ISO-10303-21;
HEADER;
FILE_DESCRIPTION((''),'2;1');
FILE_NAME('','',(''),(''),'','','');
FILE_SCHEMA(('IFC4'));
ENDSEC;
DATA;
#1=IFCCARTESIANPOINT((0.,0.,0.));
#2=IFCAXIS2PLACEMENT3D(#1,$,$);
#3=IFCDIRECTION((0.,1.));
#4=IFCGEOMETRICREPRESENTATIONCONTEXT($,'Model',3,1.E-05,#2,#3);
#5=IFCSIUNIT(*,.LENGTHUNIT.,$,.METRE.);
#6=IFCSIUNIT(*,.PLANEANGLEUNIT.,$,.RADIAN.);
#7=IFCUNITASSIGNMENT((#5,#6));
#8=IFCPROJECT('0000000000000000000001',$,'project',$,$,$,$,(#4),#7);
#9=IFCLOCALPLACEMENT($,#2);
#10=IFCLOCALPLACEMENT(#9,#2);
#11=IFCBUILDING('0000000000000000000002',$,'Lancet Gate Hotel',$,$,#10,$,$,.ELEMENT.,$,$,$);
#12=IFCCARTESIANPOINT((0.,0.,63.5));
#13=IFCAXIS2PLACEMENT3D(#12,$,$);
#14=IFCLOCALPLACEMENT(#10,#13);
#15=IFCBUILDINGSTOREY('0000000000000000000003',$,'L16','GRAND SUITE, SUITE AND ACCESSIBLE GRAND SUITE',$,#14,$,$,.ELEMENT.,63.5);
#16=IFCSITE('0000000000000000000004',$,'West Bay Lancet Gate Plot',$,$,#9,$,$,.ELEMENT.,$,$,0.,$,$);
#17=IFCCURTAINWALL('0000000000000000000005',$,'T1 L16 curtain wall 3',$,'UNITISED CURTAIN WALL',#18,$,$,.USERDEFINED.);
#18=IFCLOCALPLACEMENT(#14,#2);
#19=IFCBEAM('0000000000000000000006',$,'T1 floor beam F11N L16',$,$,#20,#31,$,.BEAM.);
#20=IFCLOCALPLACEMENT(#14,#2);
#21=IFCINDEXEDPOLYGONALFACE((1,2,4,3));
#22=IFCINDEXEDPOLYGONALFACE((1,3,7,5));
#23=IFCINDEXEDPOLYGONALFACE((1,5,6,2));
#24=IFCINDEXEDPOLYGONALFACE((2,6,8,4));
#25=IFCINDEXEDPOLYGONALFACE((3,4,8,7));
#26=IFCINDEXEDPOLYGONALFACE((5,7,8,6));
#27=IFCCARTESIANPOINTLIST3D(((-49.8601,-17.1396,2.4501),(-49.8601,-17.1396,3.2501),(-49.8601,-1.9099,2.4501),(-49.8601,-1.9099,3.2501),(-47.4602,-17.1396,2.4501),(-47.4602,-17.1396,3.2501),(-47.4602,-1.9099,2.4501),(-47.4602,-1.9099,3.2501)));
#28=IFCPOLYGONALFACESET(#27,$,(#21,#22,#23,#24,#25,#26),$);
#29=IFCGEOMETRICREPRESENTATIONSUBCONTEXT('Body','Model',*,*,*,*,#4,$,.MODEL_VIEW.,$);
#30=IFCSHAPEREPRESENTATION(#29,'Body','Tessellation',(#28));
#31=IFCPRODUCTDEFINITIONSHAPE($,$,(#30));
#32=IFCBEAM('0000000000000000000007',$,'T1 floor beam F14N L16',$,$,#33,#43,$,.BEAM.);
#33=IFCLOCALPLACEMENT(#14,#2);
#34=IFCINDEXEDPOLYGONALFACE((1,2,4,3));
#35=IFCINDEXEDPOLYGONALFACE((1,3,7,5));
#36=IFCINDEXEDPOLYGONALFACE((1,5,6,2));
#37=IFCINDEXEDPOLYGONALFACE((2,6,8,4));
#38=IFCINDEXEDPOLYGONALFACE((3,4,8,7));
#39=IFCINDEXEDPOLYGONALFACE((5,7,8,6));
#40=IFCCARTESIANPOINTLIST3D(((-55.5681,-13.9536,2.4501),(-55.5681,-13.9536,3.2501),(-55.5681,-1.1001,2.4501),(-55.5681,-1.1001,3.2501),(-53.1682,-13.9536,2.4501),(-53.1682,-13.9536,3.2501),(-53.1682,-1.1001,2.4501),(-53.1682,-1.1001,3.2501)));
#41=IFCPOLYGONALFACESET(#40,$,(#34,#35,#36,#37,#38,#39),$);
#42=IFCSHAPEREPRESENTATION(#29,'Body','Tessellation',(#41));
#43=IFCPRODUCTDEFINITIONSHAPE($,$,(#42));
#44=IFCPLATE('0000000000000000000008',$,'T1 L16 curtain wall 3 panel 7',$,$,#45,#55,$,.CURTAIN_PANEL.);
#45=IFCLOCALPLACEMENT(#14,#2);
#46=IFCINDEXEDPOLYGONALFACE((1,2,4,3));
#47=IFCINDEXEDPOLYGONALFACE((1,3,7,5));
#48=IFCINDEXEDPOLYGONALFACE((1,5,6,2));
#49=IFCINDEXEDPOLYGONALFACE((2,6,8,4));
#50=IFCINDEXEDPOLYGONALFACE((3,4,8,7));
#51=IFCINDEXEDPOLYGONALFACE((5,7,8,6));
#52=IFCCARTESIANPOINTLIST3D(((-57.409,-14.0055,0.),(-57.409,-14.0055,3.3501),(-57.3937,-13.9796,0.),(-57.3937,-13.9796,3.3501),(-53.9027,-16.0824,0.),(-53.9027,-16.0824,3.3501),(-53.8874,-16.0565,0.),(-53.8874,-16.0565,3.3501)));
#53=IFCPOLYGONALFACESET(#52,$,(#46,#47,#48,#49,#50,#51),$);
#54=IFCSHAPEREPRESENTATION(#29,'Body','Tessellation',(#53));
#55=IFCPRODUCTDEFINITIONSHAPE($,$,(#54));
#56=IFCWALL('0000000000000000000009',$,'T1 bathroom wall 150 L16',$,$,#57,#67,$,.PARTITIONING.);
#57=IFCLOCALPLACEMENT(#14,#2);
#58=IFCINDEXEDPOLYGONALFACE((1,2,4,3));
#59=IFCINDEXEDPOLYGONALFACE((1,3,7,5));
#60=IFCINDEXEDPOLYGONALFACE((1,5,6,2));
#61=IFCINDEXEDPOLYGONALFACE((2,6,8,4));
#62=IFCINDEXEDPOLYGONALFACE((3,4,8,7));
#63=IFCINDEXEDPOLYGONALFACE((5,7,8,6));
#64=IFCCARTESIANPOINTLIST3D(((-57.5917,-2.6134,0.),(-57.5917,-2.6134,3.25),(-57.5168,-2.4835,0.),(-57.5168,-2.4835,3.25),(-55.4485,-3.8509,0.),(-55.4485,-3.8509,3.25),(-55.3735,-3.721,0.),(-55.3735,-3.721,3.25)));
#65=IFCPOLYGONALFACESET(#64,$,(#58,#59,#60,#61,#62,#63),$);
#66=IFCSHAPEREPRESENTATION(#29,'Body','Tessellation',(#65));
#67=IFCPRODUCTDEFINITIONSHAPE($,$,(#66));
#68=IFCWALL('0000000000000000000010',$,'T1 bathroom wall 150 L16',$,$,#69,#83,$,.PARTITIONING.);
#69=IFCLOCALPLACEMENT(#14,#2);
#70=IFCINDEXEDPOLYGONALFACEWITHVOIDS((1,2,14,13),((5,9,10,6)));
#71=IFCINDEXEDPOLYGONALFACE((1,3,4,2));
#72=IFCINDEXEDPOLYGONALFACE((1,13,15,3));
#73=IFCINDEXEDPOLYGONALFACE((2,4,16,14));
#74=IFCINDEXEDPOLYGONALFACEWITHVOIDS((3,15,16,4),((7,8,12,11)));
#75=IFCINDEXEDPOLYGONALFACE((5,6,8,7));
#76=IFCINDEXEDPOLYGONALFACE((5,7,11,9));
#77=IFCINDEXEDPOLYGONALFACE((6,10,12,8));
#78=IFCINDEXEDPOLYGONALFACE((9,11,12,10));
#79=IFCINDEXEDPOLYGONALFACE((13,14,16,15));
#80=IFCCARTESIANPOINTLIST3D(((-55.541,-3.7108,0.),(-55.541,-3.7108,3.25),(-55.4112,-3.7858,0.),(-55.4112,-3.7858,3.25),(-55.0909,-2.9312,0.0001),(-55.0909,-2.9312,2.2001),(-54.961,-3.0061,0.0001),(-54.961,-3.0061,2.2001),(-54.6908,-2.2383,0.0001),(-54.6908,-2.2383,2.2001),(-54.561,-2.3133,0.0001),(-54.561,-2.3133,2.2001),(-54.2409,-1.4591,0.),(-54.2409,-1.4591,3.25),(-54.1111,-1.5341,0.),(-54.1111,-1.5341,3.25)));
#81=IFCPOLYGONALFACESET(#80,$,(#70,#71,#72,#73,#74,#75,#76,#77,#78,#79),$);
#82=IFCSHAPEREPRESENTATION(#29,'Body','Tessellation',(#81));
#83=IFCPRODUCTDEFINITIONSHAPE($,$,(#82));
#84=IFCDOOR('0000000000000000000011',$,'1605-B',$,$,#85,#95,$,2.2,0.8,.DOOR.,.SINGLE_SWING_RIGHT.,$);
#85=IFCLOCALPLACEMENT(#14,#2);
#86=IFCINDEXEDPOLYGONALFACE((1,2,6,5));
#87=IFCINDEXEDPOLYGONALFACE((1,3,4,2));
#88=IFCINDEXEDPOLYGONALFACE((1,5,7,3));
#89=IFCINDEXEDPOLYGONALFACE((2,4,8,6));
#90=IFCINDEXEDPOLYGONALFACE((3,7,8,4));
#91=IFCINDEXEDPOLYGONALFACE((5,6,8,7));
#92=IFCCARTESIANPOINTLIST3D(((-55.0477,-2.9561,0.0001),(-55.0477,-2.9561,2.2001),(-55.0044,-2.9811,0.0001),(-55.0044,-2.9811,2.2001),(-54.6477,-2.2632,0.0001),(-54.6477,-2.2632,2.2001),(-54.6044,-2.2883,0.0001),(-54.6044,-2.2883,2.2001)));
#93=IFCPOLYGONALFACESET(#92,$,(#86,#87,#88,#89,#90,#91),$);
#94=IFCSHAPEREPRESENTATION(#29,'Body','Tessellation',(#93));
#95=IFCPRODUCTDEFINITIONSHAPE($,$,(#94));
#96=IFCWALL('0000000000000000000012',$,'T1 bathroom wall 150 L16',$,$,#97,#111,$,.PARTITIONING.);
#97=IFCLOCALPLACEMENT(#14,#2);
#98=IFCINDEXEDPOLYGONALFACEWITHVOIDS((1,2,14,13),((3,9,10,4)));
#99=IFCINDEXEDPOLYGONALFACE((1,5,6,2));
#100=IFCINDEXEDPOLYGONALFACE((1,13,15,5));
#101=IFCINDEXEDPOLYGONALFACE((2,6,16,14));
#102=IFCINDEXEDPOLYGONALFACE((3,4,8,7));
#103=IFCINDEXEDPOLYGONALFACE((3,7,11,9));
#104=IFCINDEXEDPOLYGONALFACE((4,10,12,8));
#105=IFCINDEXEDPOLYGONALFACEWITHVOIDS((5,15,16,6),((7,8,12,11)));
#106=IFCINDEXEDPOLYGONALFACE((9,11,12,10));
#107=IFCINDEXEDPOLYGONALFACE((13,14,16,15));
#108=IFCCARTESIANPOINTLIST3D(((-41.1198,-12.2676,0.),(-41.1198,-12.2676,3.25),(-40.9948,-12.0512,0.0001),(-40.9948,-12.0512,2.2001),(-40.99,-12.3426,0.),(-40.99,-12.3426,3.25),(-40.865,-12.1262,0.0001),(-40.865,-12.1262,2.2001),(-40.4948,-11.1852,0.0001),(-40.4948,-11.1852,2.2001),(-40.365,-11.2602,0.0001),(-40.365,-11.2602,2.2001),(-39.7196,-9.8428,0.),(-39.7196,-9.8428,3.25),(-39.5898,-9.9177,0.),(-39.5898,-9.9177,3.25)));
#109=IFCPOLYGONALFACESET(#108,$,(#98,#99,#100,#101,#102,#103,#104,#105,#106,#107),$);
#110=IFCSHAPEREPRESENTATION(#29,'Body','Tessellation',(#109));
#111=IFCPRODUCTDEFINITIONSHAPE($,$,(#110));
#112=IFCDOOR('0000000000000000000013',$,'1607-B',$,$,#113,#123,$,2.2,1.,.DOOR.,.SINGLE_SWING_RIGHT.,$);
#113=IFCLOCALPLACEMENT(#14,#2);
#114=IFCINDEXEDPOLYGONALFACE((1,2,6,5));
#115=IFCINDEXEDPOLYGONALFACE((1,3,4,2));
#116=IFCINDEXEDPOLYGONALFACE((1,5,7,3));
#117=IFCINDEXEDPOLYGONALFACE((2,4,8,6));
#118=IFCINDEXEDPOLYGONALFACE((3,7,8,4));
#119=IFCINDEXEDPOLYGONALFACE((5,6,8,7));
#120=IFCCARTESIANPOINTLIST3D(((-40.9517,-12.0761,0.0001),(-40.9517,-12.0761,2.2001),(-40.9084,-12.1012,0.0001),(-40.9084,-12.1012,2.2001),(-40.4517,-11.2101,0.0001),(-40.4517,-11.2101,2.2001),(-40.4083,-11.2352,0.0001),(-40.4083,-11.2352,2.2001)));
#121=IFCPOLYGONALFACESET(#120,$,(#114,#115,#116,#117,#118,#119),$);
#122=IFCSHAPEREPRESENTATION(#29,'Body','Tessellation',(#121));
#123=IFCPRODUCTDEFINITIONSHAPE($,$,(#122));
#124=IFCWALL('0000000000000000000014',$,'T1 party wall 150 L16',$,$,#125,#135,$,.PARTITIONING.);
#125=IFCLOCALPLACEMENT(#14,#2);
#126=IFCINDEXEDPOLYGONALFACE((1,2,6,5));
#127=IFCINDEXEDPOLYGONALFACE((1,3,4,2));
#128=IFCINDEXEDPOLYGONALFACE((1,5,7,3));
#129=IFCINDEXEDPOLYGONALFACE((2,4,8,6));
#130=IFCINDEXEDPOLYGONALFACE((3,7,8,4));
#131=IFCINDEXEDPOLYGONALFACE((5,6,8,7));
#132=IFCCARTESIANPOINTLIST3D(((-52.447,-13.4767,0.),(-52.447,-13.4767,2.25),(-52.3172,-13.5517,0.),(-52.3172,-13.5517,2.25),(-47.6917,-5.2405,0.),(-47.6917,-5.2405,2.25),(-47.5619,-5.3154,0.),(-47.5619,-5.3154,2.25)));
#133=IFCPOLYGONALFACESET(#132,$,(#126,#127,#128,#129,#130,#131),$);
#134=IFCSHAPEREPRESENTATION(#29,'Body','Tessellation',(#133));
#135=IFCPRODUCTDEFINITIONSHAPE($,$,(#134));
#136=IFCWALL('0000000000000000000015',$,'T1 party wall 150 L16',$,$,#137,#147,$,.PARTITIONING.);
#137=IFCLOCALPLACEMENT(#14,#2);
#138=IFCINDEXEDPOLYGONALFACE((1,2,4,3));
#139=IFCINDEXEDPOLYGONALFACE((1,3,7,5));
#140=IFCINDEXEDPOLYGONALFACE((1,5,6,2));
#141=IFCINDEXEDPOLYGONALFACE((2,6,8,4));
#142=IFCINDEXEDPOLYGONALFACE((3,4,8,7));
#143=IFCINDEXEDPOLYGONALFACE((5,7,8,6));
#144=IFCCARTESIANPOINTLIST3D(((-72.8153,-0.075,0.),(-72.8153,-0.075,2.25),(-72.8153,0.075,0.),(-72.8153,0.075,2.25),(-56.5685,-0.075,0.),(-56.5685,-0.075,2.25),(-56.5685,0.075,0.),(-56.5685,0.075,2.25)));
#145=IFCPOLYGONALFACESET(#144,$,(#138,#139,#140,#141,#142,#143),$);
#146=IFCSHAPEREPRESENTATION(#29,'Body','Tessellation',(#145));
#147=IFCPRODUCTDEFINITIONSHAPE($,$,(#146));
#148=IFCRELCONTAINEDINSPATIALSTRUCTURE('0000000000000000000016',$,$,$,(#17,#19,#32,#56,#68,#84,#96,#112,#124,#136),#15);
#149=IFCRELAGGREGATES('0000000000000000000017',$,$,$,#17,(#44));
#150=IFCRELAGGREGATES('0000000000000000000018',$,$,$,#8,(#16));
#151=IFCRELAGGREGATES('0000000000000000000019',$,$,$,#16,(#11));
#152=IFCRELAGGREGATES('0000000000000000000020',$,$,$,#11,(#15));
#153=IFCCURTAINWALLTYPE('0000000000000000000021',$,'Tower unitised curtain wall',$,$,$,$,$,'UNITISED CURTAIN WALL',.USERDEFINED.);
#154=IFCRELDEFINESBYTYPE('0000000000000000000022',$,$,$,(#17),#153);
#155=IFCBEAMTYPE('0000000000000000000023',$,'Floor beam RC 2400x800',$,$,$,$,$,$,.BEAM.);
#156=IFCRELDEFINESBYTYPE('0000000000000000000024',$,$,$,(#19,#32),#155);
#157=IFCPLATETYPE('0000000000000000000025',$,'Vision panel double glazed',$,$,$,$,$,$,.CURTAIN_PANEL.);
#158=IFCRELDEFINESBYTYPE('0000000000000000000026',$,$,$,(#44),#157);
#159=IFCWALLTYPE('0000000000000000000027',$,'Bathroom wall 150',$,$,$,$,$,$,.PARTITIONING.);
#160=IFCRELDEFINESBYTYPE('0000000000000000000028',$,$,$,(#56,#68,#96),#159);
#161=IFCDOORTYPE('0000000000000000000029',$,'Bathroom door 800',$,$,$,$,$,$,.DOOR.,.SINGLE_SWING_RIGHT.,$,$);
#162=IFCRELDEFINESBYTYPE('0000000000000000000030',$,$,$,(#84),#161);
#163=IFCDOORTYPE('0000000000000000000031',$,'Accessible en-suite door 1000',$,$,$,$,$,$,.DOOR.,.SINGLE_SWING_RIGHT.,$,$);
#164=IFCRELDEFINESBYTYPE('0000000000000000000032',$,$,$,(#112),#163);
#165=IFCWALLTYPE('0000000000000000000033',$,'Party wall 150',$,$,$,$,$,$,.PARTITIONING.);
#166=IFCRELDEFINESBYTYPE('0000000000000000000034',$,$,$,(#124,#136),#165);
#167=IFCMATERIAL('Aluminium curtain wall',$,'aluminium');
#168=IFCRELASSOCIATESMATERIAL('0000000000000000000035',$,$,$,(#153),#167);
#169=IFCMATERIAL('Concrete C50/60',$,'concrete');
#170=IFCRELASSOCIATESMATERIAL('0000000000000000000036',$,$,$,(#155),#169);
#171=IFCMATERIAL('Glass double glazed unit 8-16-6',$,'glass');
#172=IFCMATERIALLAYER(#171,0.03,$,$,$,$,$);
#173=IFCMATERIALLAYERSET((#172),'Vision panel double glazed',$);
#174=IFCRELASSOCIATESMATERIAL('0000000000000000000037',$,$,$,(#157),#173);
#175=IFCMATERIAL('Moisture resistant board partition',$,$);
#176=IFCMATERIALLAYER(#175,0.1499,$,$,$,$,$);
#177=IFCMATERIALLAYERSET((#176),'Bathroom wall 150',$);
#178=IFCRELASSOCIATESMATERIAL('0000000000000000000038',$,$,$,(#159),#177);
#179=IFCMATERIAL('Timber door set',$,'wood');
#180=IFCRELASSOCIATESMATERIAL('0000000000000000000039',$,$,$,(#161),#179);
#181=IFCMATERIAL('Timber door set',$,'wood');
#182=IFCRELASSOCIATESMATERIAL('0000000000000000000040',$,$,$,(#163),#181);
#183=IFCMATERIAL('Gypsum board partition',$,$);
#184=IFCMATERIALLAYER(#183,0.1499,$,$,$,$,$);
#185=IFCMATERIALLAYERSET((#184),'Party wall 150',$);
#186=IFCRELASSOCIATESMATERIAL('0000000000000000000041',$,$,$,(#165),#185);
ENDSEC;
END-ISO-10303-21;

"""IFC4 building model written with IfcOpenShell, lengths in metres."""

from ifc_helpers import new_model, si_unit, direction, frame, frame_2d, origin, origin_2d, place, context, subcontext, project, spatial, rectangle, extrude, material, layer, layer_set, material_profile, profile_set, type_object, element, fill, aggregate, save


model = new_model("IFC4")

# Units and contexts
model_context = context("Model", 3, precision=1e-05, world=origin(), true_north=direction((0.0, 1.0)))
body_context = subcontext(model_context, "Body", "Model", "MODEL_VIEW")
ifc_project = project(units=[si_unit("LENGTHUNIT", "METRE"), si_unit("PLANEANGLEUNIT", "RADIAN")], contexts=[model_context])

# Site, building, storey
site_placement = place(None, origin())
site = spatial("IfcSite", under=ifc_project, at=site_placement, Name="West Bay Lancet Gate Plot", CompositionType="ELEMENT", RefElevation=0.0)
building_placement = place(site_placement, origin())
building = spatial("IfcBuilding", under=site, at=building_placement, Name="Lancet Gate Hotel", CompositionType="ELEMENT")
storey_placement = place(building_placement, frame((0.0, 0.0, 63.5)))
storey = spatial("IfcBuildingStorey", under=building, at=storey_placement, Name="L16", Description="GRAND SUITE, SUITE AND ACCESSIBLE GRAND SUITE", CompositionType="ELEMENT", Elevation=63.5)

# Curtain wall
ifc_material_1 = material(Name="Aluminium curtain wall", Category="aluminium")
curtain_wall_type = type_object("IfcCurtainWallType", Name="Tower unitised curtain wall", ElementType="UNITISED CURTAIN WALL", PredefinedType="USERDEFINED", material=ifc_material_1)
curtain_wall_placement = place(storey_placement, origin())
curtain_wall = element("IfcCurtainWall", 1, at=curtain_wall_placement, inside=storey, type_object=curtain_wall_type, Name="T1 L16 curtain wall 3", ObjectType="UNITISED CURTAIN WALL", PredefinedType="USERDEFINED")

# Beams
ifc_material_2 = material(Name="Concrete C50/60", Category="concrete")
ifc_material_profile_1 = material_profile(ifc_material_2, rectangle(XDim=2.3999, YDim=0.8, at=origin_2d()), Name="RC 2400x800")
ifc_profile_set_1 = profile_set([ifc_material_profile_1], Name="Concrete C50/60")
beam_type_1 = type_object("IfcBeamType", Name="Floor beam RC 2400x800", PredefinedType="BEAM", material=ifc_profile_set_1)
beam_1_placement = place(storey_placement, frame((-48.6602, -1.9099, 2.8501), z_axis=(0.0, -1.0, 0.0), x_axis=(1.0, 0.0, 0.0)))
element("IfcBeam", 2, at=beam_1_placement, inside=storey, type_object=beam_type_1, Name="T1 floor beam F11N L16", PredefinedType="BEAM", context=body_context, shape_type="SweptSolid", body=[
    extrude(rectangle(XDim=2.3999, YDim=0.8, at=origin_2d()), origin(), (0.0, 0.0, 1.0), 15.2297),
])
beam_2_placement = place(storey_placement, frame((-54.3682, -1.1001, 2.8501), z_axis=(0.0, -1.0, 0.0), x_axis=(1.0, 0.0, 0.0)))
element("IfcBeam", 3, at=beam_2_placement, inside=storey, type_object=beam_type_1, Name="T1 floor beam F14N L16", PredefinedType="BEAM", context=body_context, shape_type="SweptSolid", body=[
    extrude(rectangle(XDim=2.3999, YDim=0.8, at=origin_2d()), origin(), (0.0, 0.0, 1.0), 12.8535),
])

# Plate
ifc_material_3 = material(Name="Glass double glazed unit 8-16-6", Category="glass")
ifc_layer_1 = layer(ifc_material_3, 0.03)
ifc_layer_set_1 = layer_set([ifc_layer_1], Name="Vision panel double glazed")
plate_type = type_object("IfcPlateType", Name="Vision panel double glazed", PredefinedType="CURTAIN_PANEL", material=ifc_layer_set_1)
plate_placement = place(storey_placement, frame((-55.6482, -15.031, 0.0), z_axis=(0.0, 0.0, 1.0), x_axis=(0.860382, -0.50965, 0.0)))
plate = element("IfcPlate", 4, at=plate_placement, type_object=plate_type, Name="T1 L16 curtain wall 3 panel 7", PredefinedType="CURTAIN_PANEL", context=body_context, shape_type="SweptSolid", body=[
    extrude(rectangle(XDim=4.0752, YDim=0.03, at=origin_2d()), origin(), (0.0, 0.0, 1.0), 3.3501),
])
aggregate(curtain_wall, [plate])

# Wall
ifc_material_4 = material(Name="Moisture resistant board partition")
ifc_layer_2 = layer(ifc_material_4, 0.1499)
ifc_layer_set_2 = layer_set([ifc_layer_2], Name="Bathroom wall 150")
wall_type_1 = type_object("IfcWallType", Name="Bathroom wall 150", PredefinedType="PARTITIONING", material=ifc_layer_set_2)
wall_1_placement = place(storey_placement, frame((-55.4111, -3.7859, 0.0), z_axis=(0.0, 0.0, 1.0), x_axis=(-0.866007, 0.500033, 0.0)))
element("IfcWall", 5, at=wall_1_placement, inside=storey, type_object=wall_type_1, Name="T1 bathroom wall 150 L16", PredefinedType="PARTITIONING", context=body_context, shape_type="SweptSolid", body=[
    extrude(rectangle(XDim=2.4749, YDim=0.1499, at=frame_2d((1.2373, 0.0))), origin(), (0.0, 0.0, 1.0), 3.25),
])

# Walls, openings, doors
wall_2_placement = place(storey_placement, frame((-54.176, -1.4966, 0.0), z_axis=(0.0, 0.0, 1.0), x_axis=(-0.500007, -0.866021, 0.0)))
wall_2 = element("IfcWall", 6, at=wall_2_placement, inside=storey, type_object=wall_type_1, Name="T1 bathroom wall 150 L16", PredefinedType="PARTITIONING", context=body_context, shape_type="SweptSolid", body=[
    extrude(rectangle(XDim=2.6001, YDim=0.1499, at=frame_2d((1.3, 0.0))), origin(), (0.0, 0.0, 1.0), 3.25),
])
opening_1_placement = place(wall_2_placement, frame((0.8999, 0.0, 0.0)))
opening_1 = element("IfcOpeningElement", 7, at=opening_1_placement, cuts=wall_2, PredefinedType="OPENING", context=body_context, shape_type="SweptSolid", body=[
    extrude(rectangle(XDim=0.8, YDim=2.2, at=frame_2d((0.3999, 1.1001))), frame((0.0, 0.085, 0.0), z_axis=(0.0, -1.0, 0.0), x_axis=(1.0, 0.0, 0.0)), (0.0, 0.0, 1.0), 0.1699),
])
ifc_material_5 = material(Name="Timber door set", Category="wood")
door_type_1 = type_object("IfcDoorType", Name="Bathroom door 800", OperationType="SINGLE_SWING_RIGHT", PredefinedType="DOOR", material=ifc_material_5)
door_1_placement = place(opening_1_placement, origin())
door_1 = element("IfcDoor", 8, at=door_1_placement, inside=storey, type_object=door_type_1, Name="1605-B", OperationType="SINGLE_SWING_RIGHT", OverallHeight=2.2, OverallWidth=0.8, PredefinedType="DOOR", context=body_context, shape_type="SweptSolid", body=[
    extrude(rectangle(XDim=0.8, YDim=2.2, at=frame_2d((0.3999, 1.1001))), frame((0.0, 0.0249, 0.0), z_axis=(0.0, -1.0, 0.0), x_axis=(1.0, 0.0, 0.0)), (0.0, 0.0, 1.0), 0.05),
])
fill(opening_1, door_1)
wall_3_placement = place(storey_placement, frame((-39.6548, -9.8804, 0.0), z_axis=(0.0, 0.0, 1.0), x_axis=(-0.50005, -0.865997, 0.0)))
wall_3 = element("IfcWall", 9, at=wall_3_placement, inside=storey, type_object=wall_type_1, Name="T1 bathroom wall 150 L16", PredefinedType="PARTITIONING", context=body_context, shape_type="SweptSolid", body=[
    extrude(rectangle(XDim=2.8, YDim=0.1499, at=frame_2d((1.3999, 0.0))), origin(), (0.0, 0.0, 1.0), 3.25),
])
opening_2_placement = place(wall_3_placement, frame((1.55, 0.0, 0.0)))
opening_2 = element("IfcOpeningElement", 10, at=opening_2_placement, cuts=wall_3, PredefinedType="OPENING", context=body_context, shape_type="SweptSolid", body=[
    extrude(rectangle(XDim=1.0, YDim=2.2, at=frame_2d((0.5, 1.1001))), frame((0.0, 0.085, 0.0), z_axis=(0.0, -1.0, 0.0), x_axis=(1.0, 0.0, 0.0)), (0.0, 0.0, 1.0), 0.1699),
])
ifc_material_6 = material(Name="Timber door set", Category="wood")
door_type_2 = type_object("IfcDoorType", Name="Accessible en-suite door 1000", OperationType="SINGLE_SWING_RIGHT", PredefinedType="DOOR", material=ifc_material_6)
door_2_placement = place(opening_2_placement, origin())
door_2 = element("IfcDoor", 11, at=door_2_placement, inside=storey, type_object=door_type_2, Name="1607-B", OperationType="SINGLE_SWING_RIGHT", OverallHeight=2.2, OverallWidth=1.0, PredefinedType="DOOR", context=body_context, shape_type="SweptSolid", body=[
    extrude(rectangle(XDim=1.0, YDim=2.2, at=frame_2d((0.5, 1.1001))), frame((0.0, 0.0249, 0.0), z_axis=(0.0, -1.0, 0.0), x_axis=(1.0, 0.0, 0.0)), (0.0, 0.0, 1.0), 0.05),
])
fill(opening_2, door_2)

# Walls
ifc_material_7 = material(Name="Gypsum board partition")
ifc_layer_3 = layer(ifc_material_7, 0.1499)
ifc_layer_set_3 = layer_set([ifc_layer_3], Name="Party wall 150")
wall_type_2 = type_object("IfcWallType", Name="Party wall 150", PredefinedType="PARTITIONING", material=ifc_layer_set_3)
wall_4_placement = place(storey_placement, frame((-47.6267, -5.2778, 0.0), z_axis=(0.0, 0.0, 1.0), x_axis=(-0.50001, -0.86602, 0.0)))
element("IfcWall", 12, at=wall_4_placement, inside=storey, type_object=wall_type_2, Name="T1 party wall 150 L16", PredefinedType="PARTITIONING", context=body_context, shape_type="SweptSolid", body=[
    extrude(rectangle(XDim=9.5105, YDim=0.1499, at=frame_2d((4.7554, 0.0))), origin(), (0.0, 0.0, 1.0), 2.25),
])
wall_5_placement = place(storey_placement, frame((-56.5684, 0.0, 0.0), z_axis=(0.0, 0.0, 1.0), x_axis=(-1.0, 0.0, 0.0)))
element("IfcWall", 13, at=wall_5_placement, inside=storey, type_object=wall_type_2, Name="T1 party wall 150 L16", PredefinedType="PARTITIONING", context=body_context, shape_type="SweptSolid", body=[
    extrude(rectangle(XDim=16.2468, YDim=0.1499, at=frame_2d((8.1235, 0.0))), origin(), (0.0, 0.0, 1.0), 2.25),
])

save(model, "model.ifc")
